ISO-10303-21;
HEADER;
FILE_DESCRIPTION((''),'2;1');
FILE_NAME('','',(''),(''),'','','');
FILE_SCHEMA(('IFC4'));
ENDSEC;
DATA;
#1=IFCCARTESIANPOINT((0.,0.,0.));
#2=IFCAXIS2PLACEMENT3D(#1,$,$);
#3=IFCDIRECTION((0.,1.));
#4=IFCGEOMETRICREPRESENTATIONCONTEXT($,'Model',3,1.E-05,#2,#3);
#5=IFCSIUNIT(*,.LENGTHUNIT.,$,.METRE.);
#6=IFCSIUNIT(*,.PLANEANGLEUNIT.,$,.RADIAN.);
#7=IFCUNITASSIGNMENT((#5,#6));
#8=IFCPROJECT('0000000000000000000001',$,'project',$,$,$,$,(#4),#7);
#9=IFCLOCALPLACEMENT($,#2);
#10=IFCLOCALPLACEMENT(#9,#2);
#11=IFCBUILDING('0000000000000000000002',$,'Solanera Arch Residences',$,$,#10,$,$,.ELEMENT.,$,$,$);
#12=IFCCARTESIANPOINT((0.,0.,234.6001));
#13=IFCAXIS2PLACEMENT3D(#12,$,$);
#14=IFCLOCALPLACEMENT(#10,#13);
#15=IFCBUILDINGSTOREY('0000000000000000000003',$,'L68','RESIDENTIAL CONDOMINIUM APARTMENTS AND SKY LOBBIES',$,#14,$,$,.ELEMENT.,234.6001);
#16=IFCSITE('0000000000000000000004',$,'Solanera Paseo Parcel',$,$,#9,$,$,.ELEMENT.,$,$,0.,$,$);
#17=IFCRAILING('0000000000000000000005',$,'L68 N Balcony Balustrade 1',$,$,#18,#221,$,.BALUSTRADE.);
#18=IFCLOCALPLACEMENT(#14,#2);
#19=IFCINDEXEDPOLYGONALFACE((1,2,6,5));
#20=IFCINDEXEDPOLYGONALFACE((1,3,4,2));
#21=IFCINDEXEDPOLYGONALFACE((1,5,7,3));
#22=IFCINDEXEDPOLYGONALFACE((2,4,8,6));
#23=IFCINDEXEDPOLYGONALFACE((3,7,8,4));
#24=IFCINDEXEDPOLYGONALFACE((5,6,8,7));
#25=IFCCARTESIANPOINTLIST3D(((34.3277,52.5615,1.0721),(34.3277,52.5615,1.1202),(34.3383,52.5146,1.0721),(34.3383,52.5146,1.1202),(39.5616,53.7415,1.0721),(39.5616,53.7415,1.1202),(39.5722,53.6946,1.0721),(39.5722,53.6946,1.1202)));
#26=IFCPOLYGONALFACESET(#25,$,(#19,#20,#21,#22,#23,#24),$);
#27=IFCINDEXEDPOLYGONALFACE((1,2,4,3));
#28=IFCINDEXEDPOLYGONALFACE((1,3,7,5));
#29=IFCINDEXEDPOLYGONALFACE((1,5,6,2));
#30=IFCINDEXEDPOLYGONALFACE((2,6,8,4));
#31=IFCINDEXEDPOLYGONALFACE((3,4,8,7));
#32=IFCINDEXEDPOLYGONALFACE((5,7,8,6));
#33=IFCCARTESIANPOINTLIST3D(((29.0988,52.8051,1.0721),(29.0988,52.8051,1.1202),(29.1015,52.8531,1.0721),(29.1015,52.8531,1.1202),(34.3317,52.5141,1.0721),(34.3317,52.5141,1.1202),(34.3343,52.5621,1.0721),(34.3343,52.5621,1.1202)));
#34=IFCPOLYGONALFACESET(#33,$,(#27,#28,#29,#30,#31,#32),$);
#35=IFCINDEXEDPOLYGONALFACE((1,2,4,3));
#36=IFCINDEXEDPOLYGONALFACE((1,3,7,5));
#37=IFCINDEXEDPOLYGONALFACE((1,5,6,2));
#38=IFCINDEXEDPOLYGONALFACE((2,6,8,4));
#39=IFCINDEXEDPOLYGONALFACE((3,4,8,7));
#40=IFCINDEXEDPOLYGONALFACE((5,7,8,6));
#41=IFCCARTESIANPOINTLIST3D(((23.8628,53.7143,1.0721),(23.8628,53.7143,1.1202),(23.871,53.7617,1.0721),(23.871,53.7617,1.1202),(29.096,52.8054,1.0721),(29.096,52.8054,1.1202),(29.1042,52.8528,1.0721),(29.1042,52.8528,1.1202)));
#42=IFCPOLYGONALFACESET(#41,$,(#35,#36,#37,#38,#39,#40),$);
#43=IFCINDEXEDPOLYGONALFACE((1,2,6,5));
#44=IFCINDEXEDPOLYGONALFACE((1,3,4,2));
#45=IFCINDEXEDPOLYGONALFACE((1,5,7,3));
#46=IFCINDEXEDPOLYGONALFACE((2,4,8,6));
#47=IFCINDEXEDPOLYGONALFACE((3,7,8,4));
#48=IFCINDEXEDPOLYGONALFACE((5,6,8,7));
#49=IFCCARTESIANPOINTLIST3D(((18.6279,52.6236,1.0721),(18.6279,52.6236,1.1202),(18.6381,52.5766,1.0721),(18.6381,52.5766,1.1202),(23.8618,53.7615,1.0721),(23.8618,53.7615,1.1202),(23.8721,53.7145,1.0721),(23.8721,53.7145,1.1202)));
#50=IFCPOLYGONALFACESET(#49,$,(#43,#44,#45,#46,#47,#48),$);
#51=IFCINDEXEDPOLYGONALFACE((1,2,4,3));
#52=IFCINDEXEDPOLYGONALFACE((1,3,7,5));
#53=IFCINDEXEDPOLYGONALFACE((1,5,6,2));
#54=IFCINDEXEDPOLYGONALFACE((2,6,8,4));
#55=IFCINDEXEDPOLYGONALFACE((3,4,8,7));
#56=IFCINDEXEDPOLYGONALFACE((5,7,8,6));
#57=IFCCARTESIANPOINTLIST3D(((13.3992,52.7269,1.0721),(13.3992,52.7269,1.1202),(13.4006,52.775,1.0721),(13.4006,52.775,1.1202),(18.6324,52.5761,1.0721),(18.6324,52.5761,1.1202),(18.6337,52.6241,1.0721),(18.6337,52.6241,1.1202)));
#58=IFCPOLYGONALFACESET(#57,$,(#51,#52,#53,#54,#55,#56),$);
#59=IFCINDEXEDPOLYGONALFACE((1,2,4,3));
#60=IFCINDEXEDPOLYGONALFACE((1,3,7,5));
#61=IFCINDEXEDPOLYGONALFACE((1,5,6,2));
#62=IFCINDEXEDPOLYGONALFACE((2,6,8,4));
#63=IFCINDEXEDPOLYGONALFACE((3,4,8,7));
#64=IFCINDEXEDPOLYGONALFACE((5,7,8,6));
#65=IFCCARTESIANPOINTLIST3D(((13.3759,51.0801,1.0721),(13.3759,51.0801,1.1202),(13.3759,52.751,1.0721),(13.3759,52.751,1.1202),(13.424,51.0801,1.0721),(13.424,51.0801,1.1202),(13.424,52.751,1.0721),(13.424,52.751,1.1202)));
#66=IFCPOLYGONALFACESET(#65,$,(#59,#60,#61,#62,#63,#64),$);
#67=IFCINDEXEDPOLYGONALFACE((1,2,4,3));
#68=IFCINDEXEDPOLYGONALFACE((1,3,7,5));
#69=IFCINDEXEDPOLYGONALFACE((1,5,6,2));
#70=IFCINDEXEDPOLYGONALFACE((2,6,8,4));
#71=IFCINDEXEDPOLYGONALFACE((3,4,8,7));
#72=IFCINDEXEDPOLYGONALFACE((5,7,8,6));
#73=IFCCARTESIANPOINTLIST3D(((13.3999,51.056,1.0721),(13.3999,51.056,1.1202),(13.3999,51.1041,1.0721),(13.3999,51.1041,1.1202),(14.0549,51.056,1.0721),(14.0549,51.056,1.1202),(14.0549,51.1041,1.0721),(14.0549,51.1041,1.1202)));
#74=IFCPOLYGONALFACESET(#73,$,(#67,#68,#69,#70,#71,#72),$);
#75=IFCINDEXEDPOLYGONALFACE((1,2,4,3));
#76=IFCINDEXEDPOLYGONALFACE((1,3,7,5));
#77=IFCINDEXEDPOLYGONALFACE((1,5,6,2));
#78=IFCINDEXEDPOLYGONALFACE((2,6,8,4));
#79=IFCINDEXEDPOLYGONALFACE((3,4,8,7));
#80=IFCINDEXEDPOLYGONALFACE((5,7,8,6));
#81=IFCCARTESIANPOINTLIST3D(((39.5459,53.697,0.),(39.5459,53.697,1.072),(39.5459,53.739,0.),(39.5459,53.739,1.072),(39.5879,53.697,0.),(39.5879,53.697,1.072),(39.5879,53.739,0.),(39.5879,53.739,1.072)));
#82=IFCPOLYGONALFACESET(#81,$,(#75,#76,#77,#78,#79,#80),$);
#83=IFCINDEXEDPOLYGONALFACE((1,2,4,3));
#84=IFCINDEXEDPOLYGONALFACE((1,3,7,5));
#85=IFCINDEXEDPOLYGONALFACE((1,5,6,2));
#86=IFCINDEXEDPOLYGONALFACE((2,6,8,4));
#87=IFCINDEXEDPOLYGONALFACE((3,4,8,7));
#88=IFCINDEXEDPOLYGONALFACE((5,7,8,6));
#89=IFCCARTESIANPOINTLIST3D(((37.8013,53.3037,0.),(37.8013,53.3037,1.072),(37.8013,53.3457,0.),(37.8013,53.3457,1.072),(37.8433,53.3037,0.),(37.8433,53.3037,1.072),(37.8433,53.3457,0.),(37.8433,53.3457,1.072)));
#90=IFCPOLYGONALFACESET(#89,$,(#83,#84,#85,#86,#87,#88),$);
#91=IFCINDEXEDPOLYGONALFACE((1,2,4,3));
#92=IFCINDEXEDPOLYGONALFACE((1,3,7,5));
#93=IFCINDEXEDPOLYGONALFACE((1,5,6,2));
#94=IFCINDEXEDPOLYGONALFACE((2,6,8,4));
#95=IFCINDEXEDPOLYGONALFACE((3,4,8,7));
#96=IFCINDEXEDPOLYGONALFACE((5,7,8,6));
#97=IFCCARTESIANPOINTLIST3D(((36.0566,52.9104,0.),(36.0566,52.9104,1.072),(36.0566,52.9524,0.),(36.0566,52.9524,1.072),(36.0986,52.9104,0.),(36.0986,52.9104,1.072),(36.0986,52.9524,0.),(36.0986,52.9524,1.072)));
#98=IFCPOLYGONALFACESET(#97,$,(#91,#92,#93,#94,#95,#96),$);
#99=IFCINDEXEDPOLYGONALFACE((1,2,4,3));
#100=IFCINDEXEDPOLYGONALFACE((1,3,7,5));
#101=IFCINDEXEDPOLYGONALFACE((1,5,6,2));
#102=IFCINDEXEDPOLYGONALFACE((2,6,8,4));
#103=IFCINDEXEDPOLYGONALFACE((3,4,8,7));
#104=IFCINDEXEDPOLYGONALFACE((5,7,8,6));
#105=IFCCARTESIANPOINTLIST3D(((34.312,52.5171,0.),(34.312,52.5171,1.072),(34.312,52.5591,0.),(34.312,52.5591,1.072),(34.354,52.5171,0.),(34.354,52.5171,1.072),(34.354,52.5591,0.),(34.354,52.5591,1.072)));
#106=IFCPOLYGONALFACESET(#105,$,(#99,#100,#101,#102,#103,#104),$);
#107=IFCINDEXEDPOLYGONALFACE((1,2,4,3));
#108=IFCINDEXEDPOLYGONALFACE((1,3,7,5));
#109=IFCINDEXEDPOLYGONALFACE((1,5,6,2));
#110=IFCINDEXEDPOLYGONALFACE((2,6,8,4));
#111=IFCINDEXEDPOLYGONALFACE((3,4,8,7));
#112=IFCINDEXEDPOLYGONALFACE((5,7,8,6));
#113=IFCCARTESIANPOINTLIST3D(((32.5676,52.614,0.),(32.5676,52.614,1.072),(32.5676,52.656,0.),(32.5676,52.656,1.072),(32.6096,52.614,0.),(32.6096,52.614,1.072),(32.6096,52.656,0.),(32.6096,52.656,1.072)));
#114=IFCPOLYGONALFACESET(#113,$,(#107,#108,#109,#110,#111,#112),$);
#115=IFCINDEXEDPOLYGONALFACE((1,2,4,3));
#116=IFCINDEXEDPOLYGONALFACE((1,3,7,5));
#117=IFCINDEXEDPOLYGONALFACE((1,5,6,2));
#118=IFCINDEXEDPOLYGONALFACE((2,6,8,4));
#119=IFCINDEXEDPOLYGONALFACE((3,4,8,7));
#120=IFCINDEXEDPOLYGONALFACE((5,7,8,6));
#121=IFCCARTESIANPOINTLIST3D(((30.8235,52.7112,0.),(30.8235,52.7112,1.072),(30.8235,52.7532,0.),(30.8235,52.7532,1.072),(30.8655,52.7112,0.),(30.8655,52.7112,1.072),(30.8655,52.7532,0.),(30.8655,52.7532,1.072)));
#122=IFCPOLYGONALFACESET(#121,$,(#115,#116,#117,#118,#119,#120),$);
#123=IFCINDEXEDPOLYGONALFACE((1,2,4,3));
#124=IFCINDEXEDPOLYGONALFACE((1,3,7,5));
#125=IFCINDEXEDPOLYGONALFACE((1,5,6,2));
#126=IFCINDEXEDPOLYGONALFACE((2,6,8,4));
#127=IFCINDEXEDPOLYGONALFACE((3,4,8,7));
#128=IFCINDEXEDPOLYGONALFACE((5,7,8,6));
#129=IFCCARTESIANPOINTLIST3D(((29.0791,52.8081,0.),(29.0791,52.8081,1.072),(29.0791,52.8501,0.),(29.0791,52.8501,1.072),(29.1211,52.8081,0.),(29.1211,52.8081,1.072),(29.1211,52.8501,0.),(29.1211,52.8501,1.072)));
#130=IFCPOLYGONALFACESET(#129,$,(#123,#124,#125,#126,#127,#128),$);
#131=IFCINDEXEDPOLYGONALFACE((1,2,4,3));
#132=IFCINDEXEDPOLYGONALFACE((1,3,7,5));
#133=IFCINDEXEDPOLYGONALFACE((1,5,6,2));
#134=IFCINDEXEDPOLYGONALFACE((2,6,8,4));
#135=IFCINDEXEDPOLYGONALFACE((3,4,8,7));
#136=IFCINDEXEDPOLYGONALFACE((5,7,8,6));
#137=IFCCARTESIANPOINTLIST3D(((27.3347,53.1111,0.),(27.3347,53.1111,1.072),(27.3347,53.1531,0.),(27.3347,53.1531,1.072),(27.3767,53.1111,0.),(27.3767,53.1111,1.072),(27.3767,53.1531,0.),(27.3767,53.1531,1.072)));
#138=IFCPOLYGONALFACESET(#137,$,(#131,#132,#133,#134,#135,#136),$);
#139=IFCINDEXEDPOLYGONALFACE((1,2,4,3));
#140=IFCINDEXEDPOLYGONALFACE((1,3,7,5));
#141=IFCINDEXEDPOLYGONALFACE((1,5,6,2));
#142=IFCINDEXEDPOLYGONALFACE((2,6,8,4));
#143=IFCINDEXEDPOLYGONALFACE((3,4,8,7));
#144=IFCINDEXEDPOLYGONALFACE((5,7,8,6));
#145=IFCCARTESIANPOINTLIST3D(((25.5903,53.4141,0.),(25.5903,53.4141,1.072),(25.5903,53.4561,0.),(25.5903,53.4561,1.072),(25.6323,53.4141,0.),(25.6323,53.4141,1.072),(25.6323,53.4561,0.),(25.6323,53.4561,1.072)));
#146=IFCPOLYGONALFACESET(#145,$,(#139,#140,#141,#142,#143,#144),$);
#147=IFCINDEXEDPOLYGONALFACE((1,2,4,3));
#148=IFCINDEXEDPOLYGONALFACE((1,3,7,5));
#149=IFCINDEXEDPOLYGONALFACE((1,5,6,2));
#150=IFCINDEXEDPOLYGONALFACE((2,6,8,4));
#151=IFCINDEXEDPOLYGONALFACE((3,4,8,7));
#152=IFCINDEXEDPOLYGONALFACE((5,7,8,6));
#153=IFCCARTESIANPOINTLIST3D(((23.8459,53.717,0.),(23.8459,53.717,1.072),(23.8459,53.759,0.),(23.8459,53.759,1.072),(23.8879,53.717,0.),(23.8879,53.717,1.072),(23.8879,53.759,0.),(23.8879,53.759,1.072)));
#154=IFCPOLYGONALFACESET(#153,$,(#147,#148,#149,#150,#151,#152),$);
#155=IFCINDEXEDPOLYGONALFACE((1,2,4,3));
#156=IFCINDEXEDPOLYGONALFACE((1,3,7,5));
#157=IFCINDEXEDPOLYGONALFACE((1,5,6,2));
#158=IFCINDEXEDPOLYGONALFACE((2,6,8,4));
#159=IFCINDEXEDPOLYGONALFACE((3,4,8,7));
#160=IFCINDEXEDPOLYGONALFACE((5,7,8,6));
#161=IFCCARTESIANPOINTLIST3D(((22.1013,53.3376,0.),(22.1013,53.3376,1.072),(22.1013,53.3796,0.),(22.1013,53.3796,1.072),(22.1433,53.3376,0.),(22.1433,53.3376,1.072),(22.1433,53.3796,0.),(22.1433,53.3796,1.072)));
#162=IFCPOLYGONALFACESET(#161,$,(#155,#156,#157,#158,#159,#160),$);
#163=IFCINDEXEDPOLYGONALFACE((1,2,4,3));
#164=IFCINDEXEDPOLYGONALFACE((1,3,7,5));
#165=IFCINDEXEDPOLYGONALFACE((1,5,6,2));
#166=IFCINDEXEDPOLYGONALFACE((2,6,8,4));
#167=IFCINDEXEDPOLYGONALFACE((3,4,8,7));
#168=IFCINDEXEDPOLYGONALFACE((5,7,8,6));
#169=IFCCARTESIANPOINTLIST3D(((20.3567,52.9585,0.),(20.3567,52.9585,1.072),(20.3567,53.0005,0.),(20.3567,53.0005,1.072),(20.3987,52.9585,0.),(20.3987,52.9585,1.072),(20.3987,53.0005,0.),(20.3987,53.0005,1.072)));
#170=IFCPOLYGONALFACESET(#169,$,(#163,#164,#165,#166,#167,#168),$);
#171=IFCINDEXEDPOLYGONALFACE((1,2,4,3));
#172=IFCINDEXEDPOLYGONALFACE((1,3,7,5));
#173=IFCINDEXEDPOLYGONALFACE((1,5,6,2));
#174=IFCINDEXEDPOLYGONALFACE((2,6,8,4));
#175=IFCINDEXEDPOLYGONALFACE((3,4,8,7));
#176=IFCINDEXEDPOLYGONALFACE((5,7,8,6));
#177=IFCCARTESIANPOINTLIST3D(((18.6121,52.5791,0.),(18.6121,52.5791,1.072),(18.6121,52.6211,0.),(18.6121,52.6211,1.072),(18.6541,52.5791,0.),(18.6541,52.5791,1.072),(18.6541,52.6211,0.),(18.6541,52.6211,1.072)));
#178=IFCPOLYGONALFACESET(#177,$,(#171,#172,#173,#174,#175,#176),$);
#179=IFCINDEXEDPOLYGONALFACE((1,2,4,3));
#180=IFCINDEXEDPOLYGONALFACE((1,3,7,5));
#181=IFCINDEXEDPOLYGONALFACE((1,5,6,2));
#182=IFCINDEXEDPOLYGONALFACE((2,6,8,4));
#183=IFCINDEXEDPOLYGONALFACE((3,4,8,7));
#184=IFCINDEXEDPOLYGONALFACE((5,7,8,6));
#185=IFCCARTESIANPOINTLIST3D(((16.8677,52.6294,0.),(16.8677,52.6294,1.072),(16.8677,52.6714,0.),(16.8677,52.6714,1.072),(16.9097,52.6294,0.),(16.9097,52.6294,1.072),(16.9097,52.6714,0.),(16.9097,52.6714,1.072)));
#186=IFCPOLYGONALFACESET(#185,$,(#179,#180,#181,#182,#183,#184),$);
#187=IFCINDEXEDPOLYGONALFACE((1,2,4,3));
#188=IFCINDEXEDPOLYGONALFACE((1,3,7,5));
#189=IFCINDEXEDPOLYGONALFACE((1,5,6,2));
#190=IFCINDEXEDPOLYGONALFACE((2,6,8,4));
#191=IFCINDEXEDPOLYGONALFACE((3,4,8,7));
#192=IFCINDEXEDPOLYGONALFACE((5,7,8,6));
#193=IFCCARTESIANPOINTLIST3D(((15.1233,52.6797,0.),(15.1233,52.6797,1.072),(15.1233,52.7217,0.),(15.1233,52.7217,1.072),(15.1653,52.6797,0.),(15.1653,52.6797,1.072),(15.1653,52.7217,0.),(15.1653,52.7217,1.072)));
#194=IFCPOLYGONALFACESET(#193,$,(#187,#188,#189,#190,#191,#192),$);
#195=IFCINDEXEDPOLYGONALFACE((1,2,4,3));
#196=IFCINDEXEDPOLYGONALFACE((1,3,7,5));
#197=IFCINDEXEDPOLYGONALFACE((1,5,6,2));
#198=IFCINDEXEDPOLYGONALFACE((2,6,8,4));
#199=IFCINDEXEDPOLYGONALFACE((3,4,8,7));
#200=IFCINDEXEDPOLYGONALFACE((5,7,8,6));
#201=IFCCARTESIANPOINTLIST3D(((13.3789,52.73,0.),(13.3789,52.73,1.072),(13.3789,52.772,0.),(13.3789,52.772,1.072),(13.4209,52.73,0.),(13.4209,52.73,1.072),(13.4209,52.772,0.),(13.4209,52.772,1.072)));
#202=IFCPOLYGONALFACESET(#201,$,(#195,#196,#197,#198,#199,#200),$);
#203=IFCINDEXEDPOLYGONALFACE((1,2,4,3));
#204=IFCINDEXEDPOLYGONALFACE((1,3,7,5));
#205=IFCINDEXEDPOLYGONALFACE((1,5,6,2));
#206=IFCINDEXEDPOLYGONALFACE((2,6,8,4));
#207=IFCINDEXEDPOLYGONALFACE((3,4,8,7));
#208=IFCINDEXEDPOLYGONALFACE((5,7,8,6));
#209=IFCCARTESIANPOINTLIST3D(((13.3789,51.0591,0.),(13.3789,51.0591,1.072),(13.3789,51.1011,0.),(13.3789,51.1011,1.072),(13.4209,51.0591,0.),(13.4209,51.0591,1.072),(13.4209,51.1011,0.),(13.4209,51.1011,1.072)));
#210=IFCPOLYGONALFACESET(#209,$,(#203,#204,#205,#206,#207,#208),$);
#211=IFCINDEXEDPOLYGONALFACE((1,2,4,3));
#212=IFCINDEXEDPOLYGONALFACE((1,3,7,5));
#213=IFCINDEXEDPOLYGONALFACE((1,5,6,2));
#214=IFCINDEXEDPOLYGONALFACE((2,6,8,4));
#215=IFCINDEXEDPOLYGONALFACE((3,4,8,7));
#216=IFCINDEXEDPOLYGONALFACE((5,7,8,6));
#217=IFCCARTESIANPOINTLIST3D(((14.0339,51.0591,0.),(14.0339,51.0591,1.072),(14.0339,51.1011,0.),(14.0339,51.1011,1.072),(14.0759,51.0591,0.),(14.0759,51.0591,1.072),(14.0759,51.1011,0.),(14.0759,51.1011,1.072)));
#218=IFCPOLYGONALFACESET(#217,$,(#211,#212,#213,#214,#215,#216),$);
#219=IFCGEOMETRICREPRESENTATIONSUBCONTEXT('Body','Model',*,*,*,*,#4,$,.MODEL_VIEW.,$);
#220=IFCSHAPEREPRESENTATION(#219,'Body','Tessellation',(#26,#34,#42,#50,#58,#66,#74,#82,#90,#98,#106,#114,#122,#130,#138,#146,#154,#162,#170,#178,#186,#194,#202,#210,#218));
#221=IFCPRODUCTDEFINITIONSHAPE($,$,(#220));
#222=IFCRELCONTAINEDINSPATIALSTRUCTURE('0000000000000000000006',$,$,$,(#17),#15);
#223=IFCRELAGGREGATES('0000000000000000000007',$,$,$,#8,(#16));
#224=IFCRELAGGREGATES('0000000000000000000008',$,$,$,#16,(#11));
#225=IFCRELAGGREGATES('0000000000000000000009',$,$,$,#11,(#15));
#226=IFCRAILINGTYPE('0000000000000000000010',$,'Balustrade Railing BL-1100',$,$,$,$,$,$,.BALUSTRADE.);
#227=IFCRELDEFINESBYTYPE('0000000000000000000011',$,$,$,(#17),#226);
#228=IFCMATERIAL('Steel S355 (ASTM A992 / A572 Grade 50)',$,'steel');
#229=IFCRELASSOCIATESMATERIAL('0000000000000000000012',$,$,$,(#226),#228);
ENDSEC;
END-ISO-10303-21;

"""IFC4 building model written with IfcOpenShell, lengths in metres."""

from ifc_helpers import new_model, si_unit, direction, frame, origin, origin_2d, place, context, subcontext, project, spatial, rectangle, extrude, material, type_object, element, save


model = new_model("IFC4")

# Units and contexts
model_context = context("Model", 3, precision=1e-05, world=origin(), true_north=direction((0.0, 1.0)))
body_context = subcontext(model_context, "Body", "Model", "MODEL_VIEW")
ifc_project = project(units=[si_unit("LENGTHUNIT", "METRE"), si_unit("PLANEANGLEUNIT", "RADIAN")], contexts=[model_context])

# Site, building, storey
site_placement = place(None, origin())
site = spatial("IfcSite", under=ifc_project, at=site_placement, Name="Solanera Paseo Parcel", CompositionType="ELEMENT", RefElevation=0.0)
building_placement = place(site_placement, origin())
building = spatial("IfcBuilding", under=site, at=building_placement, Name="Solanera Arch Residences", CompositionType="ELEMENT")
storey_placement = place(building_placement, frame((0.0, 0.0, 234.6001)))
storey = spatial("IfcBuildingStorey", under=building, at=storey_placement, Name="L68", Description="RESIDENTIAL CONDOMINIUM APARTMENTS AND SKY LOBBIES", CompositionType="ELEMENT", Elevation=234.6001)

# Railing
ifc_material_1 = material(Name="Steel S355 (ASTM A992 / A572 Grade 50)", Category="steel")
railing_type = type_object("IfcRailingType", Name="Balustrade Railing BL-1100", PredefinedType="BALUSTRADE", material=ifc_material_1)
railing_1_placement = place(storey_placement, frame((39.5669, 53.718, 0.0)))
element("IfcRailing", 1, at=railing_1_placement, inside=storey, type_object=railing_type, Name="L68 N Balcony Balustrade 1", PredefinedType="BALUSTRADE", context=body_context, shape_type="SweptSolid", body=[
    extrude(rectangle(XDim=0.0481, YDim=0.0481, at=origin_2d()), frame((0.0, 0.0, 1.0962), z_axis=(-0.975518, -0.219921, 0.0), x_axis=(0.219921, -0.975518, 0.0)), (0.0, 0.0, 1.0), 5.3652),
    extrude(rectangle(XDim=0.0481, YDim=0.0481, at=origin_2d()), frame((-5.2339, -1.1799, 1.0962), z_axis=(-0.998457, 0.055527, 0.0), x_axis=(-0.055527, -0.998457, 0.0)), (0.0, 0.0, 1.0), 5.241),
    extrude(rectangle(XDim=0.0481, YDim=0.0481, at=origin_2d()), frame((-10.4668, -0.8889, 1.0962), z_axis=(-0.985249, 0.171126, 0.0), x_axis=(-0.171126, -0.985249, 0.0)), (0.0, 0.0, 1.0), 5.3115),
    extrude(rectangle(XDim=0.0481, YDim=0.0481, at=origin_2d()), frame((-15.7, 0.02, 1.0962), z_axis=(-0.977171, -0.212454, 0.0), x_axis=(0.212454, -0.977171, 0.0)), (0.0, 0.0, 1.0), 5.3562),
    extrude(rectangle(XDim=0.0481, YDim=0.0481, at=origin_2d()), frame((-20.9338, -1.1179, 1.0962), z_axis=(-0.999585, 0.028819, 0.0), x_axis=(-0.028819, -0.999585, 0.0)), (0.0, 0.0, 1.0), 5.2354),
    extrude(rectangle(XDim=0.0481, YDim=0.0481, at=origin_2d()), frame((-26.167, -0.967, 1.0962), z_axis=(0.0, -1.0, 0.0), x_axis=(1.0, 0.0, 0.0)), (0.0, 0.0, 1.0), 1.6709),
    extrude(rectangle(XDim=0.0481, YDim=0.0481, at=origin_2d()), frame((-26.167, -2.6379, 1.0962), z_axis=(1.0, 0.0, 0.0), x_axis=(0.0, 1.0, 0.0)), (0.0, 0.0, 1.0), 0.655),
    extrude(rectangle(XDim=0.042, YDim=0.042, at=origin_2d()), origin(), (0.0, 0.0, 1.0), 1.072),
    extrude(rectangle(XDim=0.042, YDim=0.042, at=origin_2d()), frame((-1.7446, -0.3933, 0.0)), (0.0, 0.0, 1.0), 1.072),
    extrude(rectangle(XDim=0.042, YDim=0.042, at=origin_2d()), frame((-3.4893, -0.7866, 0.0)), (0.0, 0.0, 1.0), 1.072),
    extrude(rectangle(XDim=0.042, YDim=0.042, at=origin_2d()), frame((-5.2339, -1.1799, 0.0)), (0.0, 0.0, 1.0), 1.072),
    extrude(rectangle(XDim=0.042, YDim=0.042, at=origin_2d()), frame((-6.9783, -1.083, 0.0)), (0.0, 0.0, 1.0), 1.072),
    extrude(rectangle(XDim=0.042, YDim=0.042, at=origin_2d()), frame((-8.7224, -0.9858, 0.0)), (0.0, 0.0, 1.0), 1.072),
    extrude(rectangle(XDim=0.042, YDim=0.042, at=origin_2d()), frame((-10.4668, -0.8889, 0.0)), (0.0, 0.0, 1.0), 1.072),
    extrude(rectangle(XDim=0.042, YDim=0.042, at=origin_2d()), frame((-12.2112, -0.5859, 0.0)), (0.0, 0.0, 1.0), 1.072),
    extrude(rectangle(XDim=0.042, YDim=0.042, at=origin_2d()), frame((-13.9556, -0.283, 0.0)), (0.0, 0.0, 1.0), 1.072),
    extrude(rectangle(XDim=0.042, YDim=0.042, at=origin_2d()), frame((-15.7, 0.02, 0.0)), (0.0, 0.0, 1.0), 1.072),
    extrude(rectangle(XDim=0.042, YDim=0.042, at=origin_2d()), frame((-17.4446, -0.3594, 0.0)), (0.0, 0.0, 1.0), 1.072),
    extrude(rectangle(XDim=0.042, YDim=0.042, at=origin_2d()), frame((-19.1892, -0.7385, 0.0)), (0.0, 0.0, 1.0), 1.072),
    extrude(rectangle(XDim=0.042, YDim=0.042, at=origin_2d()), frame((-20.9338, -1.1179, 0.0)), (0.0, 0.0, 1.0), 1.072),
    extrude(rectangle(XDim=0.042, YDim=0.042, at=origin_2d()), frame((-22.6782, -1.0676, 0.0)), (0.0, 0.0, 1.0), 1.072),
    extrude(rectangle(XDim=0.042, YDim=0.042, at=origin_2d()), frame((-24.4226, -1.0173, 0.0)), (0.0, 0.0, 1.0), 1.072),
    extrude(rectangle(XDim=0.042, YDim=0.042, at=origin_2d()), frame((-26.167, -0.967, 0.0)), (0.0, 0.0, 1.0), 1.072),
    extrude(rectangle(XDim=0.042, YDim=0.042, at=origin_2d()), frame((-26.167, -2.6379, 0.0)), (0.0, 0.0, 1.0), 1.072),
    extrude(rectangle(XDim=0.042, YDim=0.042, at=origin_2d()), frame((-25.512, -2.6379, 0.0)), (0.0, 0.0, 1.0), 1.072),
])

save(model, "model.ifc")
